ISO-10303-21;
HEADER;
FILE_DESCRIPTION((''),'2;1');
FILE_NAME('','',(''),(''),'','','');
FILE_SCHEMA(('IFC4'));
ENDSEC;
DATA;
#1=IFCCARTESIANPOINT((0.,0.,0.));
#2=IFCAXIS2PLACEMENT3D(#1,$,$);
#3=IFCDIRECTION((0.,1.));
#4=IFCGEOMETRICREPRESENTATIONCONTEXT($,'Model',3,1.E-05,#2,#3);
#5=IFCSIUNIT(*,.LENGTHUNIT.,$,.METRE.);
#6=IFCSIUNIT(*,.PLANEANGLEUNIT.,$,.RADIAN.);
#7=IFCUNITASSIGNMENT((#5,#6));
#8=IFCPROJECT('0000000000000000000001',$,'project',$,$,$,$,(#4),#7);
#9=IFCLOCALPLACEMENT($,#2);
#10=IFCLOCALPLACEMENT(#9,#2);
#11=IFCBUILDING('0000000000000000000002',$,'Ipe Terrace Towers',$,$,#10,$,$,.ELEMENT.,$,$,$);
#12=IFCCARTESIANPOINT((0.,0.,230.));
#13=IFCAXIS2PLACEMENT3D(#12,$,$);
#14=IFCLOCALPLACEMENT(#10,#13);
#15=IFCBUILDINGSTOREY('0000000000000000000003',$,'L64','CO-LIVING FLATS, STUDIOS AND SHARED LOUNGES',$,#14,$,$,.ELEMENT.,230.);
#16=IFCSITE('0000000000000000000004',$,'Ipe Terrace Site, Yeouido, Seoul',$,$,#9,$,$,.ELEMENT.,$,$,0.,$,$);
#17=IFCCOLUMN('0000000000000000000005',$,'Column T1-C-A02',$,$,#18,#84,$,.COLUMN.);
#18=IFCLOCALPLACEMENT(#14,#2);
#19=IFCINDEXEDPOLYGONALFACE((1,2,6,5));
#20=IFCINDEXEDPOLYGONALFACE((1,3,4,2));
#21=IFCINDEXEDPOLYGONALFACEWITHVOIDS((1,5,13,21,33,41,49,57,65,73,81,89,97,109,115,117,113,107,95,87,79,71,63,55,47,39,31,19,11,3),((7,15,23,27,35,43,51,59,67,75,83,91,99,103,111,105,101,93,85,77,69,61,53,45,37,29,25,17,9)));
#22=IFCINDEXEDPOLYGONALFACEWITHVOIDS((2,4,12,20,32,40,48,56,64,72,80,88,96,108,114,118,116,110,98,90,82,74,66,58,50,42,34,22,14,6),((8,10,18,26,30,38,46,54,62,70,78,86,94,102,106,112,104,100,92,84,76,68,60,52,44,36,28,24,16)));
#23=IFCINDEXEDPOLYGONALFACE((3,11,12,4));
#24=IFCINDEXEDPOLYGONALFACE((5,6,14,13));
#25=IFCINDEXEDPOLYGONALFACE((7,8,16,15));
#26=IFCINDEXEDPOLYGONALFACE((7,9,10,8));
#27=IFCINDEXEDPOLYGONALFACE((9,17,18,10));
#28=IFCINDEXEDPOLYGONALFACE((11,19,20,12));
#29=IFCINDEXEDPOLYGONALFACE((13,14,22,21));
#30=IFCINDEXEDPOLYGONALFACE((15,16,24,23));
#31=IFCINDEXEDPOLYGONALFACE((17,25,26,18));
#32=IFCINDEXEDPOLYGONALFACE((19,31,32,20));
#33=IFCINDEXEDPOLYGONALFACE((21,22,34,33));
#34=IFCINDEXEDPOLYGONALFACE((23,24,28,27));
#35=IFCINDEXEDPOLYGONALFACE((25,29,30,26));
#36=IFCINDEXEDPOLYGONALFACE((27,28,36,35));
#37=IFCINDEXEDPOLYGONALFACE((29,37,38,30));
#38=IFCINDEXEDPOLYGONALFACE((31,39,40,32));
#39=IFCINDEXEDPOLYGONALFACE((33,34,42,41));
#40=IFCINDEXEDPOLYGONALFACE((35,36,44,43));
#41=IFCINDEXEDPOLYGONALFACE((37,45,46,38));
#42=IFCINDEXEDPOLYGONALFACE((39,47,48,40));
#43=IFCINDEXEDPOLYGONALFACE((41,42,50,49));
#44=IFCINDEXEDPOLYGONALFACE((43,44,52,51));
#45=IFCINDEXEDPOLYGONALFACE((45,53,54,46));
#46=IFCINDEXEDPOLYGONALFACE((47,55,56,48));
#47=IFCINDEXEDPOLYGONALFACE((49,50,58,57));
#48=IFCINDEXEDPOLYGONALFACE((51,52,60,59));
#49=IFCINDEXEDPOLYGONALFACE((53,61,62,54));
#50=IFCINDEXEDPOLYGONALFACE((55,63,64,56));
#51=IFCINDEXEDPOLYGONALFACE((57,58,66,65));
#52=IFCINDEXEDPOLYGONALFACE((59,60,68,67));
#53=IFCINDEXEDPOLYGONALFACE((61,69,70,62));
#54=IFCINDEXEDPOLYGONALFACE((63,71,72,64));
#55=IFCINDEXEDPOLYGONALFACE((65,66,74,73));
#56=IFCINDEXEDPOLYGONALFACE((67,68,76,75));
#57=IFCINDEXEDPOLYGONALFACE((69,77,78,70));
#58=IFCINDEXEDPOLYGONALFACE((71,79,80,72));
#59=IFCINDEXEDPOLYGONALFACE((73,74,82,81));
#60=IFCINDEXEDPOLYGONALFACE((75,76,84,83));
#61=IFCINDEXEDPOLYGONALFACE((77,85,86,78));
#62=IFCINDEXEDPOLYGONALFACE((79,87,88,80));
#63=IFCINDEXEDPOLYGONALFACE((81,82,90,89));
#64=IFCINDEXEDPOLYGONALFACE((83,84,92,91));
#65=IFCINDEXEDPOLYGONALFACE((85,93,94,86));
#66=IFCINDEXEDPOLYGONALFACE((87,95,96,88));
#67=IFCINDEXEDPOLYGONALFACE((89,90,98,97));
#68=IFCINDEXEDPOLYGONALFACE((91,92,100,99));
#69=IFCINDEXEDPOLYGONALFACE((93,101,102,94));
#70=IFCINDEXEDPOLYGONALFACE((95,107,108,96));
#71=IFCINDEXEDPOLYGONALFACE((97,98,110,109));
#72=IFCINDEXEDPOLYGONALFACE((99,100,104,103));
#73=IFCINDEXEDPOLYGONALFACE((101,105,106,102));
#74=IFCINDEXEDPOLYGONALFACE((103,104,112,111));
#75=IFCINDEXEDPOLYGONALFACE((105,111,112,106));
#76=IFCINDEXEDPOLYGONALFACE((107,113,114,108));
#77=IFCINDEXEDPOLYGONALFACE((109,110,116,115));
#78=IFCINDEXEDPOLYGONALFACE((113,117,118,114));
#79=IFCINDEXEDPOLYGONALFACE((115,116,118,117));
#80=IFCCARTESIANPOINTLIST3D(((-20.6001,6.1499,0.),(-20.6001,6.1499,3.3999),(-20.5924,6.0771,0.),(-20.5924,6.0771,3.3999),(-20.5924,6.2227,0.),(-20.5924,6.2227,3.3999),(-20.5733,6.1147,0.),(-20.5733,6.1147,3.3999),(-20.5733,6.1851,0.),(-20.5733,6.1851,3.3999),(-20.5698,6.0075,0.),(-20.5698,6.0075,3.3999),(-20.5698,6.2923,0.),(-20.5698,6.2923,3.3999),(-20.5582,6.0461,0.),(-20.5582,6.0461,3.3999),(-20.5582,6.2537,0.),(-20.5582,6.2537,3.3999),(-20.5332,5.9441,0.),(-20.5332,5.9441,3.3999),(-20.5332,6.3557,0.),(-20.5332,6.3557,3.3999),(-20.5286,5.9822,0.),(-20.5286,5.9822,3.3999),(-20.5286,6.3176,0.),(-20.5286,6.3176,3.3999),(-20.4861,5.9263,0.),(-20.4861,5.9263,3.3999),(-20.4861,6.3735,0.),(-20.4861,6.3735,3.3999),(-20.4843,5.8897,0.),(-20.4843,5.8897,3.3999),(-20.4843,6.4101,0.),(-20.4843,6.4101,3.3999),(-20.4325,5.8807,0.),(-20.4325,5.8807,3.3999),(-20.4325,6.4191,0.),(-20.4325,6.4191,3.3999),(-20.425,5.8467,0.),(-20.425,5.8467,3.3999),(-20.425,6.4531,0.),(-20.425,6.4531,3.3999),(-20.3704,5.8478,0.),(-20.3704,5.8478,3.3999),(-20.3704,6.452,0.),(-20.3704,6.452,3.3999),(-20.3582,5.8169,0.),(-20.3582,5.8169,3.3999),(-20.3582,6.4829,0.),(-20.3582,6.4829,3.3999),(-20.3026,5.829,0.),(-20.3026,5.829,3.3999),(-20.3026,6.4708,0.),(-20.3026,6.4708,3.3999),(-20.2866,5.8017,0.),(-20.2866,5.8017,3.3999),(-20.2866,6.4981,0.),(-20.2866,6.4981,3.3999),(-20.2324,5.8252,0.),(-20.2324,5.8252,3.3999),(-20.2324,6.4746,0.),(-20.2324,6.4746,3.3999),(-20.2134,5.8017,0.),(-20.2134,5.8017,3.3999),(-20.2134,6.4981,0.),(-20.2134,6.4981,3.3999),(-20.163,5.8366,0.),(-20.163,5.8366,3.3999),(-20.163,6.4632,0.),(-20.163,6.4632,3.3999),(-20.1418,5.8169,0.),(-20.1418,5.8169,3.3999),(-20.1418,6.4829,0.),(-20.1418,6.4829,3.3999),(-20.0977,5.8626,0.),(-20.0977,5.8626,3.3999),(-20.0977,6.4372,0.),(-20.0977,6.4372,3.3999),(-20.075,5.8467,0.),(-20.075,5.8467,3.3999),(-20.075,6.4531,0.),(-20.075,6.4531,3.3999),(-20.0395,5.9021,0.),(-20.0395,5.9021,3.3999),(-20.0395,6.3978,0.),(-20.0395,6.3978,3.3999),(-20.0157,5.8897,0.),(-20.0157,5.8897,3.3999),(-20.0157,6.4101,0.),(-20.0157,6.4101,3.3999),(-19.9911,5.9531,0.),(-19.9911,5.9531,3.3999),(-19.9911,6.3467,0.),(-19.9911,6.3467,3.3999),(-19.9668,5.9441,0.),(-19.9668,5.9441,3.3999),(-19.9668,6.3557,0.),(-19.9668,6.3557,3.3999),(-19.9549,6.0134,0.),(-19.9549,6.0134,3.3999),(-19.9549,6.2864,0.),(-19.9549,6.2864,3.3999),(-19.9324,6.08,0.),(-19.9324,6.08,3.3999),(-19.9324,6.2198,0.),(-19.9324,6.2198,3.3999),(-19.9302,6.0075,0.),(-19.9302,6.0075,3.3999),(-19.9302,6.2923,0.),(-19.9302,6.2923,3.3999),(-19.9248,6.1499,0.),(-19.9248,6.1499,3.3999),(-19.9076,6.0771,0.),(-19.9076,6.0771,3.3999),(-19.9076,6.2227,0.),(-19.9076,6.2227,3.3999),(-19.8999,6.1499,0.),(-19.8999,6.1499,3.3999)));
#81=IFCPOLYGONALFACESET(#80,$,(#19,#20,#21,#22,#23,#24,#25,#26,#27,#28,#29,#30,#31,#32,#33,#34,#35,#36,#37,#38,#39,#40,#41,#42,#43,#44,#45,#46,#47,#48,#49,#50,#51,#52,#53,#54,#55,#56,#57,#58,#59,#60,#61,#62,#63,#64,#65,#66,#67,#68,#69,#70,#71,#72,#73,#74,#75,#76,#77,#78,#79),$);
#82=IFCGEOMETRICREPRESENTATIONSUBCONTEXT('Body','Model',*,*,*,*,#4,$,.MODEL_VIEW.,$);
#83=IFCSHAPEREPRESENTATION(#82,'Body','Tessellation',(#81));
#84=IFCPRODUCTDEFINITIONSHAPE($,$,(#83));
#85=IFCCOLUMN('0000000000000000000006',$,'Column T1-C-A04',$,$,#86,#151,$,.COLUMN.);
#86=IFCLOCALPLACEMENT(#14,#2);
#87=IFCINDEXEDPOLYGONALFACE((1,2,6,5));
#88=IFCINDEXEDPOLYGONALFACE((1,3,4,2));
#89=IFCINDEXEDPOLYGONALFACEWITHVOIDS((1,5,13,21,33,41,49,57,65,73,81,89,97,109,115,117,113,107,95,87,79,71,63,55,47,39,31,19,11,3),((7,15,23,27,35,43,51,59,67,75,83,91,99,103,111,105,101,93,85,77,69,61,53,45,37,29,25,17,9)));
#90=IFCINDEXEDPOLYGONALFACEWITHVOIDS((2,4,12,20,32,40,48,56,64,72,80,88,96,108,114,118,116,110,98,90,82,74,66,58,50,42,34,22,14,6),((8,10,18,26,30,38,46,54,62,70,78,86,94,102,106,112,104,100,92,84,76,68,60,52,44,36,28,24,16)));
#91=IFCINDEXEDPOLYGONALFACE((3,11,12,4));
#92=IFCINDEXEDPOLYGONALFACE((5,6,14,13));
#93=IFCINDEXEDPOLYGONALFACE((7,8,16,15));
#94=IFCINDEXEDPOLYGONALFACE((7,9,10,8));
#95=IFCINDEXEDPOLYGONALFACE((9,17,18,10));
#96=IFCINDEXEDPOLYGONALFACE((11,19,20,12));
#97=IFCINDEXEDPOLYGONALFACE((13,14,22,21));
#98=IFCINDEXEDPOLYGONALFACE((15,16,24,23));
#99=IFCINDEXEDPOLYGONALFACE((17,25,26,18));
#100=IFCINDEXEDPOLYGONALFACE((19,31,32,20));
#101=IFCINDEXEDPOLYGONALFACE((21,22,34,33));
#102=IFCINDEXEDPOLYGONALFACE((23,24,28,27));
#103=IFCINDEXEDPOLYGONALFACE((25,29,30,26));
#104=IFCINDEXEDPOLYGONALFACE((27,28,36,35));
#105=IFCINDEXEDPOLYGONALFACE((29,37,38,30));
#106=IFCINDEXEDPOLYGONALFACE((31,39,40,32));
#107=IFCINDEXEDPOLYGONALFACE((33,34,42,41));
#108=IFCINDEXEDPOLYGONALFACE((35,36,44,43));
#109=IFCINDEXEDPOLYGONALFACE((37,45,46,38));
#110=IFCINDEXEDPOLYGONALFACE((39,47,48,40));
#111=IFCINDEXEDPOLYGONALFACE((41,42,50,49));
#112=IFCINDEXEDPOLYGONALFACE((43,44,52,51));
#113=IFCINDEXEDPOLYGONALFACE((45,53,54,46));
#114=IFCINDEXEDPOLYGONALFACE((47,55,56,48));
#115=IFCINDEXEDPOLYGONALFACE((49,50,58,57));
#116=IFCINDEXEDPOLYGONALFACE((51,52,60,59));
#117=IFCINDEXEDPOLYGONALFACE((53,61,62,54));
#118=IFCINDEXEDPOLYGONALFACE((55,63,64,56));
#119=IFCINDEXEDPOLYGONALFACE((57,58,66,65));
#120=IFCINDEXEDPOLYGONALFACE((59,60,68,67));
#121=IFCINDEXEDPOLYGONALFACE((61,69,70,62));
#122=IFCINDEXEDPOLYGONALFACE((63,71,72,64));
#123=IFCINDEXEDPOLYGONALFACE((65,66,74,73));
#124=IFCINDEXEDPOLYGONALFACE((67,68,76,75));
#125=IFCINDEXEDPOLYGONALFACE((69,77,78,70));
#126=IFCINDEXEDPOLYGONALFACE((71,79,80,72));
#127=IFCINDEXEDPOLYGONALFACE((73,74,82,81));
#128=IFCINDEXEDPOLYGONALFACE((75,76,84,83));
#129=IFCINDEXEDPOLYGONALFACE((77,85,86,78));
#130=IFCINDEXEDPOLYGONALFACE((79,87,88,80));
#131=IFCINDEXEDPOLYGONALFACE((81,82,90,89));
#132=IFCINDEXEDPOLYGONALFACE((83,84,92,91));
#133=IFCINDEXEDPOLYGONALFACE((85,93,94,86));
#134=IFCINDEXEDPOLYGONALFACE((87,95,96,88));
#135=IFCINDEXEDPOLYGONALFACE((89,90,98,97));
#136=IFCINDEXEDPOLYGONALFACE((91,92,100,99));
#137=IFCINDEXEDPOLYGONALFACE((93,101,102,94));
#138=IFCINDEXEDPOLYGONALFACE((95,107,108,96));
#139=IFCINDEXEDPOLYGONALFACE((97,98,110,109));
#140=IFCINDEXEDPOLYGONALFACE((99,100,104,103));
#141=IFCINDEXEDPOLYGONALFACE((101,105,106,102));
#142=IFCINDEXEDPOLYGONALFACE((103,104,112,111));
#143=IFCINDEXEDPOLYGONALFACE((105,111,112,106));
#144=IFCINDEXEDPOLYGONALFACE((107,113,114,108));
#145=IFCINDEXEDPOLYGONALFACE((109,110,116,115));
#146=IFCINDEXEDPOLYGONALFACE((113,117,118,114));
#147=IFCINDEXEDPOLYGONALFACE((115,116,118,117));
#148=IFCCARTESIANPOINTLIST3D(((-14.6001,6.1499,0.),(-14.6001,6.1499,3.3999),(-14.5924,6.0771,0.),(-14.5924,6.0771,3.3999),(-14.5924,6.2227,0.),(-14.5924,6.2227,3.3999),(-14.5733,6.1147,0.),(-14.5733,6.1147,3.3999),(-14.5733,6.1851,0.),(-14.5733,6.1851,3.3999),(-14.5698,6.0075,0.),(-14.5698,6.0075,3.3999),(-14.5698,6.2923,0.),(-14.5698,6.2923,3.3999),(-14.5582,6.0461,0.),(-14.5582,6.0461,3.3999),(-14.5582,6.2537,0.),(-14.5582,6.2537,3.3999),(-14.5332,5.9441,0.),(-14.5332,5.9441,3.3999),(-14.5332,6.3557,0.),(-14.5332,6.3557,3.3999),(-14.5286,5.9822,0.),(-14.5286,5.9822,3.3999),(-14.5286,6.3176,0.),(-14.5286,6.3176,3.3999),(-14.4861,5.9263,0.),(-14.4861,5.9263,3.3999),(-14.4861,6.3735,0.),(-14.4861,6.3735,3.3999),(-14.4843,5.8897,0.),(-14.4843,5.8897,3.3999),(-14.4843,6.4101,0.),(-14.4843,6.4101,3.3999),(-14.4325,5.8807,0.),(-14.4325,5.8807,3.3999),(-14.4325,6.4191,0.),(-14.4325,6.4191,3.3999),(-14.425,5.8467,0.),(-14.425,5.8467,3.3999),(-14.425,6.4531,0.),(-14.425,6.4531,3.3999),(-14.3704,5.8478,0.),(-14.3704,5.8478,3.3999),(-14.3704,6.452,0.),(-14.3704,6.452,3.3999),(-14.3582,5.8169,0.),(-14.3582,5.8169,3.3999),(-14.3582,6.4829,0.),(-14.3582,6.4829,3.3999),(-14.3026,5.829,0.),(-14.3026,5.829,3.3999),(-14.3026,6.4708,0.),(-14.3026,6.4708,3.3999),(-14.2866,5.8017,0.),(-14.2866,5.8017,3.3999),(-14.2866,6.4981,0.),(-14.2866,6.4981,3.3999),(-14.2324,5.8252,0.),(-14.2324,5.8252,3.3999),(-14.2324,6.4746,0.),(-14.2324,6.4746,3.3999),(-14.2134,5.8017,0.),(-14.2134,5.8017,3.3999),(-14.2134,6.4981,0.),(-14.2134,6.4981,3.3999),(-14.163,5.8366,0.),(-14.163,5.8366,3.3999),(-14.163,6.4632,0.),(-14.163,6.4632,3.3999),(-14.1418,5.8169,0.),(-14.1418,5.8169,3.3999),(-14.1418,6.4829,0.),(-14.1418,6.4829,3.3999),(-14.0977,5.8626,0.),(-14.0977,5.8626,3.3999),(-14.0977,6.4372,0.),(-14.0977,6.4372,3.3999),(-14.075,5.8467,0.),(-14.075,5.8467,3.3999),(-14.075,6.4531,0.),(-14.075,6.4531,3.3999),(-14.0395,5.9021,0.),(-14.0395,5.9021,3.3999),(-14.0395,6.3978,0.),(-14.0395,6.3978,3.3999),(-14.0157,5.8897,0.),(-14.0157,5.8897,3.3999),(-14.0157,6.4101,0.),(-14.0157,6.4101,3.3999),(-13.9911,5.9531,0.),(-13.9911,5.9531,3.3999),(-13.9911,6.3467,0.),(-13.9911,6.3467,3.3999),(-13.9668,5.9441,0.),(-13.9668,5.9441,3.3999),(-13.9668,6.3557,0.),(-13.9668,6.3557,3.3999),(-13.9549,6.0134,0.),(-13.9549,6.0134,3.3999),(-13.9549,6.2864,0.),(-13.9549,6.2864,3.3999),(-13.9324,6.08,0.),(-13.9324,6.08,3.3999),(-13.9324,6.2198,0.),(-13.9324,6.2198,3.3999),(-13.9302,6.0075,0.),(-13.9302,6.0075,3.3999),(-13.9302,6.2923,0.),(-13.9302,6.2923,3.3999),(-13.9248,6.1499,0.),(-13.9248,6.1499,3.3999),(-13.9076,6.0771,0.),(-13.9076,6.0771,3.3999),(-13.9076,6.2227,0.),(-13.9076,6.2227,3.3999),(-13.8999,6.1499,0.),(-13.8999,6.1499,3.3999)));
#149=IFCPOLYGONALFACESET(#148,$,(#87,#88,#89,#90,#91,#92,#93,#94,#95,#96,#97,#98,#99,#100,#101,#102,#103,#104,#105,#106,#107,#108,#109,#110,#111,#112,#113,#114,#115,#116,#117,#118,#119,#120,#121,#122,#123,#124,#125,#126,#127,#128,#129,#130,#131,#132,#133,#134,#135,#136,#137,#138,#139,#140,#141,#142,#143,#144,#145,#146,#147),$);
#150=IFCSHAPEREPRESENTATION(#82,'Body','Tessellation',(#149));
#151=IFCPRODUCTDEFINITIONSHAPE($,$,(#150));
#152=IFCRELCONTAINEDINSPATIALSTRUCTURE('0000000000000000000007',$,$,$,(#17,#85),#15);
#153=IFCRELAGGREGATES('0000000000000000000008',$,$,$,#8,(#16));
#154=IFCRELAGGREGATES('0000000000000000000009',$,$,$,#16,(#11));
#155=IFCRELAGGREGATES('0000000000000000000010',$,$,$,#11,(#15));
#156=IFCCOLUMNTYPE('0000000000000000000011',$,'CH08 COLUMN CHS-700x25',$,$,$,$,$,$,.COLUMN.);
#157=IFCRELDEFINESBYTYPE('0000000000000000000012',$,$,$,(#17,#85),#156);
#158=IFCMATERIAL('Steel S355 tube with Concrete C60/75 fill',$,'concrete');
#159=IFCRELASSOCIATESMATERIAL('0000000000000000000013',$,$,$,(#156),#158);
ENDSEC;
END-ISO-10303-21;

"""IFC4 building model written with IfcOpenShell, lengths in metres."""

from ifc_helpers import new_model, si_unit, direction, frame, origin, origin_2d, place, context, subcontext, project, spatial, hollow_circle, extrude, material, material_profile, profile_set, type_object, element, save


model = new_model("IFC4")

# Units and contexts
model_context = context("Model", 3, precision=1e-05, world=origin(), true_north=direction((0.0, 1.0)))
body_context = subcontext(model_context, "Body", "Model", "MODEL_VIEW")
ifc_project = project(units=[si_unit("LENGTHUNIT", "METRE"), si_unit("PLANEANGLEUNIT", "RADIAN")], contexts=[model_context])

# Site, building, storey
site_placement = place(None, origin())
site = spatial("IfcSite", under=ifc_project, at=site_placement, Name="Ipe Terrace Site, Yeouido, Seoul", CompositionType="ELEMENT", RefElevation=0.0)
building_placement = place(site_placement, origin())
building = spatial("IfcBuilding", under=site, at=building_placement, Name="Ipe Terrace Towers", CompositionType="ELEMENT")
storey_placement = place(building_placement, frame((0.0, 0.0, 230.0)))
storey = spatial("IfcBuildingStorey", under=building, at=storey_placement, Name="L64", Description="CO-LIVING FLATS, STUDIOS AND SHARED LOUNGES", CompositionType="ELEMENT", Elevation=230.0)

# Columns
ifc_material_1 = material(Name="Steel S355 tube with Concrete C60/75 fill", Category="concrete")
ifc_material_profile_1 = material_profile(ifc_material_1, hollow_circle(Radius=0.3501, WallThickness=0.0249, at=origin_2d()), Name="CHS-700x25")
ifc_profile_set_1 = profile_set([ifc_material_profile_1], Name="Steel S355 tube with Concrete C60/75 fill")
column_type = type_object("IfcColumnType", Name="CH08 COLUMN CHS-700x25", PredefinedType="COLUMN", material=ifc_profile_set_1)
for number, where, z_axis, x_axis, name in (
    (1, (-20.25, 6.1499, 0.0), (0.0, 0.0, 1.0), (1.0, 0.0, 0.0), "Column T1-C-A02"),
    (2, (-14.25, 6.1499, 0.0), (0.0, 0.0, 1.0), (1.0, 0.0, 0.0), "Column T1-C-A04"),
):
    element("IfcColumn", number, at=place(storey_placement, frame(where, z_axis=z_axis, x_axis=x_axis)), inside=storey, type_object=column_type, Name=name, PredefinedType="COLUMN", context=body_context, shape_type="SweptSolid", body=[
        extrude(hollow_circle(Radius=0.3501, WallThickness=0.0249, at=origin_2d()), origin(), (0.0, 0.0, 1.0), 3.3999),
    ])

save(model, "model.ifc")
